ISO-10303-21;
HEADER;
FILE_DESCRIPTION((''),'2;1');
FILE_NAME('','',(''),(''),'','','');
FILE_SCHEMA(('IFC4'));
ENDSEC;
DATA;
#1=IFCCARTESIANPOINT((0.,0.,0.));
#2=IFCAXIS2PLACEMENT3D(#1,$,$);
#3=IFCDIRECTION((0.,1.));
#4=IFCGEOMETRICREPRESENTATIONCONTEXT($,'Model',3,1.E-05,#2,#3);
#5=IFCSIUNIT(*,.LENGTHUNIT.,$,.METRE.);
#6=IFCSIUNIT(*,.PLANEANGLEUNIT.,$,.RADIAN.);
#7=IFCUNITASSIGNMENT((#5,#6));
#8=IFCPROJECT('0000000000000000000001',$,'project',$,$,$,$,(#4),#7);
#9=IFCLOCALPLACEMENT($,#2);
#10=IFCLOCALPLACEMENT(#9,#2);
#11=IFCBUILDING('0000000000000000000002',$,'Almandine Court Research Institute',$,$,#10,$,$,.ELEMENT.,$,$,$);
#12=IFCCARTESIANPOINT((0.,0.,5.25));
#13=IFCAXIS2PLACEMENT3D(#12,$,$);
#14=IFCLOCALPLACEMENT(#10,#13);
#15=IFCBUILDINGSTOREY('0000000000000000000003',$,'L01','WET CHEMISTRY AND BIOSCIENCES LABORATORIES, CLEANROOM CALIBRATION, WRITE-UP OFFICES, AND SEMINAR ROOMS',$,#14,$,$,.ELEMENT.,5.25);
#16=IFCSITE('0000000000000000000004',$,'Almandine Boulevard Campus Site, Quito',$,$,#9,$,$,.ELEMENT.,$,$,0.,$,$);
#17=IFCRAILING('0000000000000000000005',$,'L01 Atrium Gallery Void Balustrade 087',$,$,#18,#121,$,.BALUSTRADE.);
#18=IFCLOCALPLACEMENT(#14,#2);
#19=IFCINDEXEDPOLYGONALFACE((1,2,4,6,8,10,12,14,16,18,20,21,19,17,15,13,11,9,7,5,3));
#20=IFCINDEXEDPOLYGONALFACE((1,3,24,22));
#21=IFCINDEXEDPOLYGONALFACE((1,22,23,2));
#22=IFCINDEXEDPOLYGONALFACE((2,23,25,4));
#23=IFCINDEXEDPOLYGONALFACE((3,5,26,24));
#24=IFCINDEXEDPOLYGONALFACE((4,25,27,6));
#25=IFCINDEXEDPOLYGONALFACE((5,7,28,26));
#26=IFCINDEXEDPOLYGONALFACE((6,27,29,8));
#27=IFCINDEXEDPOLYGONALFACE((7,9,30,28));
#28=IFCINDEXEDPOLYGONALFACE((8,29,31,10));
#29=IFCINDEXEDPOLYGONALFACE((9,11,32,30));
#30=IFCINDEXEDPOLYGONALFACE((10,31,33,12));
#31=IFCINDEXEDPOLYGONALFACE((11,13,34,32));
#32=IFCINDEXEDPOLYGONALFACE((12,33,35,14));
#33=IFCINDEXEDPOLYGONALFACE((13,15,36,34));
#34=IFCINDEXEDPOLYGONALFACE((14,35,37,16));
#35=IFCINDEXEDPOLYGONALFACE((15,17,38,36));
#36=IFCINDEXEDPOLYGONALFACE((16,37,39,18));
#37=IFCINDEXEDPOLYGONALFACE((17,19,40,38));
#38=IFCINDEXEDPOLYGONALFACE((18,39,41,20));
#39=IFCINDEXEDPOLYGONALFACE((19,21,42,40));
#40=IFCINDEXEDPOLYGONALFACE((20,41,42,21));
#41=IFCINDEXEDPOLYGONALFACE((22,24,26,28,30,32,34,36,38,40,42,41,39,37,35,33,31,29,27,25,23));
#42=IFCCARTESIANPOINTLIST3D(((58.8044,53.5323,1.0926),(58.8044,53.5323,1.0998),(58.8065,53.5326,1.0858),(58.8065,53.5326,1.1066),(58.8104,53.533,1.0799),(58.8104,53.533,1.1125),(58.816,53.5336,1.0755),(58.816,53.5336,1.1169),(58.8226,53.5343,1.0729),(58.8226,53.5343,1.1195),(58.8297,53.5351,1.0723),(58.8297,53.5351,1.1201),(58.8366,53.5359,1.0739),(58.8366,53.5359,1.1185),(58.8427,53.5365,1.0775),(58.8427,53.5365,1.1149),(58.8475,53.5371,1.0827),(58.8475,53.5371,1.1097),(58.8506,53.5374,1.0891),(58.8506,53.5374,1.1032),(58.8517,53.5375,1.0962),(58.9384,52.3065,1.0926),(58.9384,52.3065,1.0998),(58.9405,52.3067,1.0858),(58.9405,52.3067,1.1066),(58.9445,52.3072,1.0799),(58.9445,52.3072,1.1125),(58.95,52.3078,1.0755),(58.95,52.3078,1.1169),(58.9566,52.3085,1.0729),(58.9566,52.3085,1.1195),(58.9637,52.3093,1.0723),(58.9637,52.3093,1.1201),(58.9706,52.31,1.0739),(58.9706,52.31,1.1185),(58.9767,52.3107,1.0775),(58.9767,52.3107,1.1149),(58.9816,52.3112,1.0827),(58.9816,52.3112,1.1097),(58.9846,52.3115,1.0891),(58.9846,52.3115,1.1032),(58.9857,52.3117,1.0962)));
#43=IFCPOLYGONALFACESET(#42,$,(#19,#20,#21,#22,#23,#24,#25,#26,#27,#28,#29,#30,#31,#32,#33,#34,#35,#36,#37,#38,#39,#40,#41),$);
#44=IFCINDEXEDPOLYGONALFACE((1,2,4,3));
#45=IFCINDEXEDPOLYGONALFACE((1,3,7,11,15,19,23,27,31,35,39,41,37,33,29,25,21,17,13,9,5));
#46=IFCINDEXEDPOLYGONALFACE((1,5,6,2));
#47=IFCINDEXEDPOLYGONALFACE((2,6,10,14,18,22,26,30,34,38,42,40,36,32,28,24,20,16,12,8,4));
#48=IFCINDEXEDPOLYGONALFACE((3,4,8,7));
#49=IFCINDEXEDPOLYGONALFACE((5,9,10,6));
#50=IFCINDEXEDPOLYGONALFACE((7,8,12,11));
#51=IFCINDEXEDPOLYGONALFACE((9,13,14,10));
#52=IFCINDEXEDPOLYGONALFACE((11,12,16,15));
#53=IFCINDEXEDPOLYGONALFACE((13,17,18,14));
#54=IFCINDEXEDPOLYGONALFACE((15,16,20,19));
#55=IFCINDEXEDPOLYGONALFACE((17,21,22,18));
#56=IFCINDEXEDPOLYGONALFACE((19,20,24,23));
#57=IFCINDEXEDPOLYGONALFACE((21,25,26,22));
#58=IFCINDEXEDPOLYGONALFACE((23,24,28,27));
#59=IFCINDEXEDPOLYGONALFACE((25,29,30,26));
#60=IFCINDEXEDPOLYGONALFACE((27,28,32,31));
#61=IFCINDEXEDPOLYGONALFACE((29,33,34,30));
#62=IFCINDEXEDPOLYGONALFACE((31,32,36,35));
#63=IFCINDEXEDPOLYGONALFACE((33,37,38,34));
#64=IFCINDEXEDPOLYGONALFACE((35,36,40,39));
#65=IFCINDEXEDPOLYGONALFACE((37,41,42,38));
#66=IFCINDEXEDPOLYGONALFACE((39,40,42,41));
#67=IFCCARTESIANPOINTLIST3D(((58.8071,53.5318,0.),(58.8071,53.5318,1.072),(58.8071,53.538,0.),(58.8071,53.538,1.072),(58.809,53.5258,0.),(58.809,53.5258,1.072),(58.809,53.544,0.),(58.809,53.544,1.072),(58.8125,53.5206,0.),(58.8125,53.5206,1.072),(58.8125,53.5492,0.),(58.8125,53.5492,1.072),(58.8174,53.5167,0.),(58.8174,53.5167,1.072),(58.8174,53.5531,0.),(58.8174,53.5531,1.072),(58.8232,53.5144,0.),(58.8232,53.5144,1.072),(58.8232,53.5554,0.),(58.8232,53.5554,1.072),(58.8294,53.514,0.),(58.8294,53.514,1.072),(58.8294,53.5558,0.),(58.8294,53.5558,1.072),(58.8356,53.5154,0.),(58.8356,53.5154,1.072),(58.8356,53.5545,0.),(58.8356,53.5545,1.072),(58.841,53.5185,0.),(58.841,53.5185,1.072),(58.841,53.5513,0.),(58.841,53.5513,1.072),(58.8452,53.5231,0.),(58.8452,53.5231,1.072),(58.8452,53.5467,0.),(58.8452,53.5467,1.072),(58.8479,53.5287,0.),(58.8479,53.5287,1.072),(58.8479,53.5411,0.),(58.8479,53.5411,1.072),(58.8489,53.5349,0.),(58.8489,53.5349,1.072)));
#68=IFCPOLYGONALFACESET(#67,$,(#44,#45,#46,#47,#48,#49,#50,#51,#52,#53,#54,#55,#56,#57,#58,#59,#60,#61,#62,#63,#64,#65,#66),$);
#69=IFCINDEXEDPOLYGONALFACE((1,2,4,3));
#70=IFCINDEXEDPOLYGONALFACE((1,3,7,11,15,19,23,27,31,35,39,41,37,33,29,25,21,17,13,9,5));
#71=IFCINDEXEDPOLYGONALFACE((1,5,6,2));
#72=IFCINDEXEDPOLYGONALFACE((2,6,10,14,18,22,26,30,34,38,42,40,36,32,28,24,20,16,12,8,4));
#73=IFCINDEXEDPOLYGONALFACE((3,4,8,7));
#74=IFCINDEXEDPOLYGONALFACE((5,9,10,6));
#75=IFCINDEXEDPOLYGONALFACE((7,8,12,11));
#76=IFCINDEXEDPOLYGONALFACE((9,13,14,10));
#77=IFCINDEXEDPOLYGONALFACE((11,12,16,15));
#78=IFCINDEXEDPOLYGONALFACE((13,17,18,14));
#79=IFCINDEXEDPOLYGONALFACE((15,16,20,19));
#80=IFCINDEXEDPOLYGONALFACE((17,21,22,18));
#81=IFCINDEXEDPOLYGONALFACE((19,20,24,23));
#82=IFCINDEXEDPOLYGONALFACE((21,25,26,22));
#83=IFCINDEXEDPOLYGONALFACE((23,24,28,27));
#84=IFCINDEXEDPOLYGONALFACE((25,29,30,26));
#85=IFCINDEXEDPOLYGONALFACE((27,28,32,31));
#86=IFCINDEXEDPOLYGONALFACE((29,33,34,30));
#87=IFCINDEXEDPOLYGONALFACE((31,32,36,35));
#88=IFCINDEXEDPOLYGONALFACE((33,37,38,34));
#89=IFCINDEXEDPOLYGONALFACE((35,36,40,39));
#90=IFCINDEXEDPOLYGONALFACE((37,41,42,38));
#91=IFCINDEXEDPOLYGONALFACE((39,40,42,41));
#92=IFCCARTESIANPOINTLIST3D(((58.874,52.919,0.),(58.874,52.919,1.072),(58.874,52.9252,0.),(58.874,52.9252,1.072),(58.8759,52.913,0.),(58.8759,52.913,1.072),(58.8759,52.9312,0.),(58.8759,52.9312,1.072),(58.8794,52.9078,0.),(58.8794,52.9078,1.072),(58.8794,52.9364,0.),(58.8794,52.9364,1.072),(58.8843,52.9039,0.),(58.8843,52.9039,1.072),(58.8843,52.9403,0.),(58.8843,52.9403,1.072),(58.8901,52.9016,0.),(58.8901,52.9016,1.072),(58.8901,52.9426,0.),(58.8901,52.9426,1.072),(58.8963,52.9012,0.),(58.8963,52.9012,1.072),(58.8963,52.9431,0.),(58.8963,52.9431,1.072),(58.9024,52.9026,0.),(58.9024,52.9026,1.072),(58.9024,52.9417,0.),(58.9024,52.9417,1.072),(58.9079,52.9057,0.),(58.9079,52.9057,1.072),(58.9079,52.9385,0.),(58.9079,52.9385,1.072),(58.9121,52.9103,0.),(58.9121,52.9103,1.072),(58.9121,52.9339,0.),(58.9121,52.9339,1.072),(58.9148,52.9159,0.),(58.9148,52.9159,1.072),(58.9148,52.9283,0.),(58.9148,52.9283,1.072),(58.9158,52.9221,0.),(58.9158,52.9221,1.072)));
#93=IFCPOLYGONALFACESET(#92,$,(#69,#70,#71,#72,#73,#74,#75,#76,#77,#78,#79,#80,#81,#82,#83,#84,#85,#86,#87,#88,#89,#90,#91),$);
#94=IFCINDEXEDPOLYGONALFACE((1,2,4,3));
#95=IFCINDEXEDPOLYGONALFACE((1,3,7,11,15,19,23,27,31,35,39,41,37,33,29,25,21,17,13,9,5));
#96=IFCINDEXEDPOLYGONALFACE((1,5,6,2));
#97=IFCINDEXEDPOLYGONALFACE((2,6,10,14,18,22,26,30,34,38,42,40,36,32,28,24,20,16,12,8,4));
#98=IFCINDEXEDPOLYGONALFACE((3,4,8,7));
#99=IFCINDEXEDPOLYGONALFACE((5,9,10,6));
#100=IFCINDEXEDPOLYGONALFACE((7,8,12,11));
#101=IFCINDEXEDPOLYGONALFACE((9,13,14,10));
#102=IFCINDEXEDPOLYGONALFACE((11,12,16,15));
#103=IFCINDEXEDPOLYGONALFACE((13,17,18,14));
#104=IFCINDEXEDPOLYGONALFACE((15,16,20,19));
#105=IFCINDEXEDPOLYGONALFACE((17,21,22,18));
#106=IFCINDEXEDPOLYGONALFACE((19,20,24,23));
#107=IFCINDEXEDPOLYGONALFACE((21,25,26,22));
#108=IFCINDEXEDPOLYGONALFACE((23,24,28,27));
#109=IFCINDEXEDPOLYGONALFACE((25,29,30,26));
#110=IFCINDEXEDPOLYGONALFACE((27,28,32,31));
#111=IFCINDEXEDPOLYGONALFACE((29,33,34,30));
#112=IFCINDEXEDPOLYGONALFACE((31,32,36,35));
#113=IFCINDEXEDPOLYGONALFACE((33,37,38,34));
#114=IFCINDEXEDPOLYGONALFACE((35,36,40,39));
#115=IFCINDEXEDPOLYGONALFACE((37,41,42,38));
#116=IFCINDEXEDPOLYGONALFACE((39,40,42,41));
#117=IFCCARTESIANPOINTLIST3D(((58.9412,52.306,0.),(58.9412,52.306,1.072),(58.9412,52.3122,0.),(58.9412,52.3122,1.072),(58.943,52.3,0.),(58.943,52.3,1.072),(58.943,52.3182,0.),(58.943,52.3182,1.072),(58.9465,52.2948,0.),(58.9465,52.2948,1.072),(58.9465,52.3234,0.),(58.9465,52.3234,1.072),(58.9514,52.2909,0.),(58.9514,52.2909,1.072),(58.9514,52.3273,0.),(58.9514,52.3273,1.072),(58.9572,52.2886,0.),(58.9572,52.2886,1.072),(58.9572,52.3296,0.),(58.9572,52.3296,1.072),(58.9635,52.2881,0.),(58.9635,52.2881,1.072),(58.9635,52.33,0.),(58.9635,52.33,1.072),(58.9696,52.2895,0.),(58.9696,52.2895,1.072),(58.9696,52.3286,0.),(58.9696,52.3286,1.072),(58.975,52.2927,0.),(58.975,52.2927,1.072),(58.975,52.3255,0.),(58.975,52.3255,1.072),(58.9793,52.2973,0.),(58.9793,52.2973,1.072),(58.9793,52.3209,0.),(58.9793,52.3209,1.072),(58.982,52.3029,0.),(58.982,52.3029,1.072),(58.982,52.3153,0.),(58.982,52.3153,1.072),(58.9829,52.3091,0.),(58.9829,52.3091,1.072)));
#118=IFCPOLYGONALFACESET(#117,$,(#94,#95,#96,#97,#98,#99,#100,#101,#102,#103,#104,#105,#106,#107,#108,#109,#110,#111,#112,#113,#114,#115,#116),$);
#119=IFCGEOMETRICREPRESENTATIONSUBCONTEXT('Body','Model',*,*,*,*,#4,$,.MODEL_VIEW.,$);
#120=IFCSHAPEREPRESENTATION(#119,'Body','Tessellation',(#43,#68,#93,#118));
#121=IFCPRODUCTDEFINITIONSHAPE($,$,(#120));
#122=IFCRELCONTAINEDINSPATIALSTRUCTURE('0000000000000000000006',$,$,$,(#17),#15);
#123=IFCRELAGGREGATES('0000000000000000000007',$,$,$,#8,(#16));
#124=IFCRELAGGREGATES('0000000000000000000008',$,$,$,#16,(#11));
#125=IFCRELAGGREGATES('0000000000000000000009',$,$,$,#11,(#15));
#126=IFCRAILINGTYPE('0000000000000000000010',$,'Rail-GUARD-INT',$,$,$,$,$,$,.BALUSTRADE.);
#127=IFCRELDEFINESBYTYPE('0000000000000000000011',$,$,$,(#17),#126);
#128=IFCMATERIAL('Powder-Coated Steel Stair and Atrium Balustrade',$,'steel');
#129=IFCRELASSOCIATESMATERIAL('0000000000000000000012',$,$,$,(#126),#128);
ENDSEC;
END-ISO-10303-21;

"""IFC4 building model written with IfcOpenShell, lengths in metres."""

from ifc_helpers import new_model, si_unit, direction, frame, origin, origin_2d, place, context, subcontext, project, spatial, circle, extrude, material, type_object, element, save


model = new_model("IFC4")

# Units and contexts
model_context = context("Model", 3, precision=1e-05, world=origin(), true_north=direction((0.0, 1.0)))
body_context = subcontext(model_context, "Body", "Model", "MODEL_VIEW")
ifc_project = project(units=[si_unit("LENGTHUNIT", "METRE"), si_unit("PLANEANGLEUNIT", "RADIAN")], contexts=[model_context])

# Site, building, storey
site_placement = place(None, origin())
site = spatial("IfcSite", under=ifc_project, at=site_placement, Name="Almandine Boulevard Campus Site, Quito", CompositionType="ELEMENT", RefElevation=0.0)
building_placement = place(site_placement, origin())
building = spatial("IfcBuilding", under=site, at=building_placement, Name="Almandine Court Research Institute", CompositionType="ELEMENT")
storey_placement = place(building_placement, frame((0.0, 0.0, 5.25)))
storey = spatial("IfcBuildingStorey", under=building, at=storey_placement, Name="L01", Description="WET CHEMISTRY AND BIOSCIENCES LABORATORIES, CLEANROOM CALIBRATION, WRITE-UP OFFICES, AND SEMINAR ROOMS", CompositionType="ELEMENT", Elevation=5.25)

# Railing
ifc_material_1 = material(Name="Powder-Coated Steel Stair and Atrium Balustrade", Category="steel")
railing_type = type_object("IfcRailingType", Name="Rail-GUARD-INT", PredefinedType="BALUSTRADE", material=ifc_material_1)
railing_1_placement = place(storey_placement, frame((58.8279, 53.5349, 0.0)))
element("IfcRailing", 1, at=railing_1_placement, inside=storey, type_object=railing_type, Name="L01 Atrium Gallery Void Balustrade 087", PredefinedType="BALUSTRADE", context=body_context, shape_type="SweptSolid", body=[
    extrude(circle(Radius=0.0239, at=origin_2d()), frame((0.0, 0.0, 1.0962), z_axis=(0.108693, -0.994075, 0.0), x_axis=(0.994075, 0.108693, 0.0)), (0.0, 0.0, 1.0), 1.2332),
    extrude(circle(Radius=0.021, at=origin_2d()), origin(), (0.0, 0.0, 1.0), 1.072),
    extrude(circle(Radius=0.021, at=origin_2d()), frame((0.0669, -0.6128, 0.0)), (0.0, 0.0, 1.0), 1.072),
    extrude(circle(Radius=0.021, at=origin_2d()), frame((0.134, -1.2258, 0.0)), (0.0, 0.0, 1.0), 1.072),
])

save(model, "model.ifc")
